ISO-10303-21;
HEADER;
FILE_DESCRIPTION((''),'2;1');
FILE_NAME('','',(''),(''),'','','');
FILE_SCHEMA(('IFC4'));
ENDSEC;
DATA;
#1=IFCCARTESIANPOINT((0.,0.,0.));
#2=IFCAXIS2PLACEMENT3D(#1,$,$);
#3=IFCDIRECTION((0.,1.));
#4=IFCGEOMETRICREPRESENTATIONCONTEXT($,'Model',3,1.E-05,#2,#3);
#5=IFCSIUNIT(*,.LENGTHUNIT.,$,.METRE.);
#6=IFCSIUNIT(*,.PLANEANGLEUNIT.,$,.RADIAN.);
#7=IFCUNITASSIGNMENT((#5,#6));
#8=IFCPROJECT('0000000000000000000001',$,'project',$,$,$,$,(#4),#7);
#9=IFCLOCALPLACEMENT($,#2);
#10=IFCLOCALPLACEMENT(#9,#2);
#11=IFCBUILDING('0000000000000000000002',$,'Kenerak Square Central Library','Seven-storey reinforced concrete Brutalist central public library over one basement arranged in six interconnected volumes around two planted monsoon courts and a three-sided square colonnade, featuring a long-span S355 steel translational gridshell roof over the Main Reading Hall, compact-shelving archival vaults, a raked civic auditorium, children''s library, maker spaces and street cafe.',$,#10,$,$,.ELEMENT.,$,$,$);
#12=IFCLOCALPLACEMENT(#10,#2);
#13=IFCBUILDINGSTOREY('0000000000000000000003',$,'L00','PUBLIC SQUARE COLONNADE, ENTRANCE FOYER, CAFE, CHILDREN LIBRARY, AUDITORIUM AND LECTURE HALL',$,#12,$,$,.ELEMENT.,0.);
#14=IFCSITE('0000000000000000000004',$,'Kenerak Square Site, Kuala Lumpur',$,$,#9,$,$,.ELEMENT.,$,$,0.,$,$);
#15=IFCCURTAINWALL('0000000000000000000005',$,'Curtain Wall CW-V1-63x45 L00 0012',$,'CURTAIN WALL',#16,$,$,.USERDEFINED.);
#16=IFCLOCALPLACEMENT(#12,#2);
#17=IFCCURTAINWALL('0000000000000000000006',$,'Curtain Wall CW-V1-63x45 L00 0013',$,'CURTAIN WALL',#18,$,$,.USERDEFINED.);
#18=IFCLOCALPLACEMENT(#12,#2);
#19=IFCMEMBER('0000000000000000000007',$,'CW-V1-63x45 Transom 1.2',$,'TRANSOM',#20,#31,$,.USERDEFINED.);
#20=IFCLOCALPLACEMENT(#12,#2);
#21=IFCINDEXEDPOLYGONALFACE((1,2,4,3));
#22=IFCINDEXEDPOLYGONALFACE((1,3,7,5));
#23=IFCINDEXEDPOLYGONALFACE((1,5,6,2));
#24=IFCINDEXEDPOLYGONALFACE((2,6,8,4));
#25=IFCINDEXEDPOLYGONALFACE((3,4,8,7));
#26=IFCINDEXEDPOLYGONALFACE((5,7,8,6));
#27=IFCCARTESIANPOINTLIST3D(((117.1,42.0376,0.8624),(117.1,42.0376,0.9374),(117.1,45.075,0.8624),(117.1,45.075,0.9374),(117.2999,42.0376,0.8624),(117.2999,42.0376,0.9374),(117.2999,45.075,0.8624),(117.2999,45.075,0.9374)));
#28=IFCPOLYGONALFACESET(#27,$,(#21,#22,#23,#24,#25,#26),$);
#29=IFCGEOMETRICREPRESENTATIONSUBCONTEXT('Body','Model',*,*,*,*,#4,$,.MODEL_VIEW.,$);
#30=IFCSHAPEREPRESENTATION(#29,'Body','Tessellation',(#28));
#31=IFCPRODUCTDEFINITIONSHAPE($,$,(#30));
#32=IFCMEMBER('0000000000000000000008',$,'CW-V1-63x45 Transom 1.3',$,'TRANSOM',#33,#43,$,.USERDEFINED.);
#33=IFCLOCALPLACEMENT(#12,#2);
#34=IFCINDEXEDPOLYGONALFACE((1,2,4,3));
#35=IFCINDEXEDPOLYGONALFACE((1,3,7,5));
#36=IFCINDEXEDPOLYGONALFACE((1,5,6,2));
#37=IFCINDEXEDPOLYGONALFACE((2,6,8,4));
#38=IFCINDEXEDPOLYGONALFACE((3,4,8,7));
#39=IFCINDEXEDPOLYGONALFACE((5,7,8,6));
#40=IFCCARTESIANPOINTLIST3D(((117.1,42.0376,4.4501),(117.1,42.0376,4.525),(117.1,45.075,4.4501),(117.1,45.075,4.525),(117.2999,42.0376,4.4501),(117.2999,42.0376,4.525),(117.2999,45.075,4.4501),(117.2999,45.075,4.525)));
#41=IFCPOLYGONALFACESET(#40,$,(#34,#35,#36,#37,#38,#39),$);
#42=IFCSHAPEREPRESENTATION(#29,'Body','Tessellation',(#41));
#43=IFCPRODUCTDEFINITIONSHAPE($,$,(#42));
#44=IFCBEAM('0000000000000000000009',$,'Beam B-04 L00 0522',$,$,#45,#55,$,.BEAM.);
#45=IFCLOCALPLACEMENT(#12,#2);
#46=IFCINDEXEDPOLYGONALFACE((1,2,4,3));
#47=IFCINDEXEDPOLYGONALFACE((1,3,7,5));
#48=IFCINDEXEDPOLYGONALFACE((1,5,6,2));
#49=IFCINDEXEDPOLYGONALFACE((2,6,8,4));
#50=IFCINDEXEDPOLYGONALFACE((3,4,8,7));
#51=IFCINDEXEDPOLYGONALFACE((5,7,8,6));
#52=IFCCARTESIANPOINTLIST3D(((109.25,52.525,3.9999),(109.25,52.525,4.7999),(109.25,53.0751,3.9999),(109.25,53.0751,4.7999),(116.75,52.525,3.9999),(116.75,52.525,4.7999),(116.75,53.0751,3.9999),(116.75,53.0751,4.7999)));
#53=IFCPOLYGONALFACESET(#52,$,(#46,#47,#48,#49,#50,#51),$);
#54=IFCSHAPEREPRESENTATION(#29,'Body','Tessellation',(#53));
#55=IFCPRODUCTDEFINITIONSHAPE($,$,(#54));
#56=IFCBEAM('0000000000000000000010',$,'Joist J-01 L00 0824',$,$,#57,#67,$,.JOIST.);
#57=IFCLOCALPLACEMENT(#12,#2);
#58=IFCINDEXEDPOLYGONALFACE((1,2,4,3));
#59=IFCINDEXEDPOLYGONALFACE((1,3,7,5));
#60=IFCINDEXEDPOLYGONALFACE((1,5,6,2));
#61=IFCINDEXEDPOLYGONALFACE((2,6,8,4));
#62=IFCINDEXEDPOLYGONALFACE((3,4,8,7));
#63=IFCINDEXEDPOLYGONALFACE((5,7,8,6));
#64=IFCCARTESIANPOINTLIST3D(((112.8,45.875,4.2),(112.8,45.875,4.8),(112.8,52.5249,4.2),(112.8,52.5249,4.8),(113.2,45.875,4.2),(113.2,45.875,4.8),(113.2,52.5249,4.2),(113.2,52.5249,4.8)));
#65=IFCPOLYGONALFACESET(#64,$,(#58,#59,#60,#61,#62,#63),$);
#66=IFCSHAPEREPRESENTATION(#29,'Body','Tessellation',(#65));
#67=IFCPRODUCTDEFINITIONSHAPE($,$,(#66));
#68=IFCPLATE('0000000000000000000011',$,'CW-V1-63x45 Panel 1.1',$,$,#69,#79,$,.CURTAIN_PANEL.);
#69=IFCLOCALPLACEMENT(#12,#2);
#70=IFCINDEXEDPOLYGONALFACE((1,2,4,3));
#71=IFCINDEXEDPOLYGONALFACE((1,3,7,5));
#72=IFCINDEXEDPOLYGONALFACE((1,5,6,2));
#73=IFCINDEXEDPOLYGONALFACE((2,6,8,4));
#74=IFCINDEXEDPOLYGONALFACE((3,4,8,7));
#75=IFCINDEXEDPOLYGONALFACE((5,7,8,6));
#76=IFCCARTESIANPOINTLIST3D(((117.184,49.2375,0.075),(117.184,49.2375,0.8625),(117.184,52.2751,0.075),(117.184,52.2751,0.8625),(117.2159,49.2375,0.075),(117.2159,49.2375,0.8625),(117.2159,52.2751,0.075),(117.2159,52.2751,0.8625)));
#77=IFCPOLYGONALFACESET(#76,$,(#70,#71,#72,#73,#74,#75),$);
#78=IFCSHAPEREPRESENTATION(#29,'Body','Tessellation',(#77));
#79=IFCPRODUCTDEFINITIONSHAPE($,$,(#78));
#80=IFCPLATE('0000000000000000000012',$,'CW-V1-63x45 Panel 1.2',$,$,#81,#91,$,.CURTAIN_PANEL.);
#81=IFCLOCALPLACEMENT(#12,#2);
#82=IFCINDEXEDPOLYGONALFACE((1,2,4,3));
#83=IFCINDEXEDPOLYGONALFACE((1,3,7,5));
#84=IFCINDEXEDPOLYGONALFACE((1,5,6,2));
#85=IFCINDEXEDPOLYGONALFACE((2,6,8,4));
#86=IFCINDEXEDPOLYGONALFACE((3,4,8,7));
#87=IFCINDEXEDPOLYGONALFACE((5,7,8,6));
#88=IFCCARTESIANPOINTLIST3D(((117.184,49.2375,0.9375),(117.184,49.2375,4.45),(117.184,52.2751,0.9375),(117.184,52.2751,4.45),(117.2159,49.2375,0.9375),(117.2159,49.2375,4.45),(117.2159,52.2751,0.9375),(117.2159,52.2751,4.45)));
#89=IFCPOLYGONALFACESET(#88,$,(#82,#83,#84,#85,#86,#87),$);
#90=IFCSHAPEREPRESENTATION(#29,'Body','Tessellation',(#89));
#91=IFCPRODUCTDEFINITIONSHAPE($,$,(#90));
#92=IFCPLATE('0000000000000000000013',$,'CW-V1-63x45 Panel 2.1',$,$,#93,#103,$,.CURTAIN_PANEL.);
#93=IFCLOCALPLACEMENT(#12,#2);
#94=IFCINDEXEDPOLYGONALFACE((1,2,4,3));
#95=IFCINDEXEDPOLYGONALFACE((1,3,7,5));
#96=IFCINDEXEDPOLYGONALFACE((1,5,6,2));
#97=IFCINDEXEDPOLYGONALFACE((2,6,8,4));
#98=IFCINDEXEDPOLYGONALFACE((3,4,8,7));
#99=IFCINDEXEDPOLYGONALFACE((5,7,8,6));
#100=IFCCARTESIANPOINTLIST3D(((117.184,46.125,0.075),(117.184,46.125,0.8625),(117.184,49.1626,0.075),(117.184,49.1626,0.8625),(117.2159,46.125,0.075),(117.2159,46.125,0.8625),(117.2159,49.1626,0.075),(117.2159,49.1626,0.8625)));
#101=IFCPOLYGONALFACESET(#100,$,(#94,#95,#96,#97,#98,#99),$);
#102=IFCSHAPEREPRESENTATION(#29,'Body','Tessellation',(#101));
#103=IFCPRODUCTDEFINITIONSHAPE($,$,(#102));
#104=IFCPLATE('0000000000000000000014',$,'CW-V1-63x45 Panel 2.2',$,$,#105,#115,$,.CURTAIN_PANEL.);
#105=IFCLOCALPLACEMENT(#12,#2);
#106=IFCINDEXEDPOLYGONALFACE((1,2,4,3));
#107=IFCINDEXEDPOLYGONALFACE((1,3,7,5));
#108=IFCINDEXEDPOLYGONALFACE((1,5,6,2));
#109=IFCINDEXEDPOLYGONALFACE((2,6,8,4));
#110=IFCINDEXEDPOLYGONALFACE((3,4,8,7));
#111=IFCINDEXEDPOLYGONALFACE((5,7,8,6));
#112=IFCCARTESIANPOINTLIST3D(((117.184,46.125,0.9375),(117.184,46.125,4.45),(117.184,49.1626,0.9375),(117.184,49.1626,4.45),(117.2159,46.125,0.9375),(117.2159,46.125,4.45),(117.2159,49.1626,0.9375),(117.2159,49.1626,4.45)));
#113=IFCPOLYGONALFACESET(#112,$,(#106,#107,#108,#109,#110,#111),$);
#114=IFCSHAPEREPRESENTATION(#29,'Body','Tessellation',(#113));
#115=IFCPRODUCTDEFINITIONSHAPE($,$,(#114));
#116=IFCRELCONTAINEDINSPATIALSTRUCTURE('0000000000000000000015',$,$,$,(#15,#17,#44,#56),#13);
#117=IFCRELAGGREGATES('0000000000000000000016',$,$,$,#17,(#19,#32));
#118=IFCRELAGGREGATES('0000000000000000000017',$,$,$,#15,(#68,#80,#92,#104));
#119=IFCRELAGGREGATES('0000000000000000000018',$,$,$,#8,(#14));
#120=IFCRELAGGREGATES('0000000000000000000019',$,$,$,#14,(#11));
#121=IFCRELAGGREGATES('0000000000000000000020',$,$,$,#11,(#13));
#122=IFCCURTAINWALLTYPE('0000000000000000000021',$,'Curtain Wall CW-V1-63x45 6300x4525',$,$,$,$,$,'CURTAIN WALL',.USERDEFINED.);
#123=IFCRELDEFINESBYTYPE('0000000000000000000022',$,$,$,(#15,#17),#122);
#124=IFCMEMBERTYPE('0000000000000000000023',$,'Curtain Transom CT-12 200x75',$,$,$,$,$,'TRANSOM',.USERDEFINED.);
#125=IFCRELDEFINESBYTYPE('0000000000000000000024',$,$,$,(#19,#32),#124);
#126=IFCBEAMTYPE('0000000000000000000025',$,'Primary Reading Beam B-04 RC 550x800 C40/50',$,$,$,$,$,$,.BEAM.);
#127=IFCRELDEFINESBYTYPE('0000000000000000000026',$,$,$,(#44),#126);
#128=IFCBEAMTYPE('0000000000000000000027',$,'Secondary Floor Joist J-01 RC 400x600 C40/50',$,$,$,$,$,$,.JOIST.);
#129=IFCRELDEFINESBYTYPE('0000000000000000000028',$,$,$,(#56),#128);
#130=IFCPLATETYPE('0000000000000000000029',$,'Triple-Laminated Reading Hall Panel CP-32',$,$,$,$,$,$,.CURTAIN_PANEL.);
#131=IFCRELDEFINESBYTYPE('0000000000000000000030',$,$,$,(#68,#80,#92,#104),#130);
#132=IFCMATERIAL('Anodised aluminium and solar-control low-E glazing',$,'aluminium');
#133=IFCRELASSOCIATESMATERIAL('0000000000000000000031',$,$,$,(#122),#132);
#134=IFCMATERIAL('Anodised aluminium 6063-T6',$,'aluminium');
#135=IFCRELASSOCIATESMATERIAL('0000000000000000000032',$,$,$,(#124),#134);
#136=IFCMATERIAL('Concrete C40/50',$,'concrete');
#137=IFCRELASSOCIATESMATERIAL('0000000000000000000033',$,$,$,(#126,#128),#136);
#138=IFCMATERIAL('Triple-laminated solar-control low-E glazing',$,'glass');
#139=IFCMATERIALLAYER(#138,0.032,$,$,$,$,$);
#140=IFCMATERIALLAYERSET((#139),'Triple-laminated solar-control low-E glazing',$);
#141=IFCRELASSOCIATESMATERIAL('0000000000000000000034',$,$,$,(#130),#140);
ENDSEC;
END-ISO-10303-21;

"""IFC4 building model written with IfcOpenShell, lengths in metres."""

from ifc_helpers import new_model, si_unit, direction, frame, origin, origin_2d, place, context, subcontext, project, spatial, rectangle, extrude, material, layer, layer_set, material_profile, profile_set, type_object, element, aggregate, save


model = new_model("IFC4")

# Units and contexts
model_context = context("Model", 3, precision=1e-05, world=origin(), true_north=direction((0.0, 1.0)))
body_context = subcontext(model_context, "Body", "Model", "MODEL_VIEW")
ifc_project = project(units=[si_unit("LENGTHUNIT", "METRE"), si_unit("PLANEANGLEUNIT", "RADIAN")], contexts=[model_context])

# Site, building, storey
site_placement = place(None, origin())
site = spatial("IfcSite", under=ifc_project, at=site_placement, Name="Kenerak Square Site, Kuala Lumpur", CompositionType="ELEMENT", RefElevation=0.0)
building_placement = place(site_placement, origin())
building = spatial("IfcBuilding", under=site, at=building_placement, Name="Kenerak Square Central Library", Description="Seven-storey reinforced concrete Brutalist central public library over one basement arranged in six interconnected volumes around two planted monsoon courts and a three-sided square colonnade, featuring a long-span S355 steel translational gridshell roof over the Main Reading Hall, compact-shelving archival vaults, a raked civic auditorium, children's library, maker spaces and street cafe.", CompositionType="ELEMENT")
storey_placement = place(building_placement, origin())
storey = spatial("IfcBuildingStorey", under=building, at=storey_placement, Name="L00", Description="PUBLIC SQUARE COLONNADE, ENTRANCE FOYER, CAFE, CHILDREN LIBRARY, AUDITORIUM AND LECTURE HALL", CompositionType="ELEMENT", Elevation=0.0)

# Shared definitions
ifc_material_1 = material(Name="Concrete C40/50", Category="concrete")

# Curtain wall
ifc_material_2 = material(Name="Anodised aluminium and solar-control low-E glazing", Category="aluminium")
curtain_wall_type = type_object("IfcCurtainWallType", Name="Curtain Wall CW-V1-63x45 6300x4525", ElementType="CURTAIN WALL", PredefinedType="USERDEFINED", material=ifc_material_2)
curtain_wall_1_placement = place(storey_placement, origin())
curtain_wall_1 = element("IfcCurtainWall", 1, at=curtain_wall_1_placement, inside=storey, type_object=curtain_wall_type, Name="Curtain Wall CW-V1-63x45 L00 0012", ObjectType="CURTAIN WALL", PredefinedType="USERDEFINED")
ifc_material_3 = material(Name="Anodised aluminium 6063-T6", Category="aluminium")

# Curtain wall
curtain_wall_2_placement = place(storey_placement, origin())
curtain_wall_2 = element("IfcCurtainWall", 2, at=curtain_wall_2_placement, inside=storey, type_object=curtain_wall_type, Name="Curtain Wall CW-V1-63x45 L00 0013", ObjectType="CURTAIN WALL", PredefinedType="USERDEFINED")

# Members
ifc_material_profile_1 = material_profile(ifc_material_3, rectangle(XDim=0.2, YDim=0.075, at=origin_2d()), Name="AL TRANSOM 200x75")
ifc_profile_set_1 = profile_set([ifc_material_profile_1], Name="Anodised aluminium 6063-T6")
member_type_1 = type_object("IfcMemberType", Name="Curtain Transom CT-12 200x75", ElementType="TRANSOM", PredefinedType="USERDEFINED", material=ifc_profile_set_1)
member_1_placement = place(storey_placement, frame((117.2, 45.075, 0.8999), z_axis=(0.0, -1.0, 0.0), x_axis=(1.0, 0.0, 0.0)))
member_1 = element("IfcMember", 3, at=member_1_placement, type_object=member_type_1, Name="CW-V1-63x45 Transom 1.2", ObjectType="TRANSOM", PredefinedType="USERDEFINED", context=body_context, shape_type="SweptSolid", body=[
    extrude(rectangle(XDim=0.2, YDim=0.075, at=origin_2d()), origin(), (0.0, 0.0, 1.0), 3.0374),
])
member_2_placement = place(storey_placement, frame((117.2, 45.075, 4.4875), z_axis=(0.0, -1.0, 0.0), x_axis=(1.0, 0.0, 0.0)))
member_2 = element("IfcMember", 4, at=member_2_placement, type_object=member_type_1, Name="CW-V1-63x45 Transom 1.3", ObjectType="TRANSOM", PredefinedType="USERDEFINED", context=body_context, shape_type="SweptSolid", body=[
    extrude(rectangle(XDim=0.2, YDim=0.075, at=origin_2d()), origin(), (0.0, 0.0, 1.0), 3.0374),
])
aggregate(curtain_wall_2, [member_1, member_2])

# Beams
ifc_material_profile_2 = material_profile(ifc_material_1, rectangle(XDim=0.55, YDim=0.8, at=origin_2d()), Name="RC 550x800")
ifc_profile_set_2 = profile_set([ifc_material_profile_2], Name="Concrete C40/50")
beam_type_1 = type_object("IfcBeamType", Name="Primary Reading Beam B-04 RC 550x800 C40/50", PredefinedType="BEAM", material=ifc_profile_set_2)
beam_1_placement = place(storey_placement, frame((109.25, 52.8, 4.3999), z_axis=(1.0, 0.0, 0.0), x_axis=(0.0, 1.0, 0.0)))
element("IfcBeam", 5, at=beam_1_placement, inside=storey, type_object=beam_type_1, Name="Beam B-04 L00 0522", PredefinedType="BEAM", context=body_context, shape_type="SweptSolid", body=[
    extrude(rectangle(XDim=0.55, YDim=0.8, at=origin_2d()), origin(), (0.0, 0.0, 1.0), 7.5),
])
ifc_material_profile_3 = material_profile(ifc_material_1, rectangle(XDim=0.3999, YDim=0.6001, at=origin_2d()), Name="RC 400x600")
ifc_profile_set_3 = profile_set([ifc_material_profile_3], Name="Concrete C40/50")
beam_type_2 = type_object("IfcBeamType", Name="Secondary Floor Joist J-01 RC 400x600 C40/50", PredefinedType="JOIST", material=ifc_profile_set_3)
beam_2_placement = place(storey_placement, frame((113.0, 45.875, 4.5), z_axis=(0.0, 1.0, 0.0), x_axis=(-1.0, 0.0, 0.0)))
element("IfcBeam", 6, at=beam_2_placement, inside=storey, type_object=beam_type_2, Name="Joist J-01 L00 0824", PredefinedType="JOIST", context=body_context, shape_type="SweptSolid", body=[
    extrude(rectangle(XDim=0.3999, YDim=0.6001, at=origin_2d()), origin(), (0.0, 0.0, 1.0), 6.6499),
])

# Plates
ifc_material_4 = material(Name="Triple-laminated solar-control low-E glazing", Category="glass")
ifc_layer = layer(ifc_material_4, 0.032)
ifc_layer_set = layer_set([ifc_layer], Name="Triple-laminated solar-control low-E glazing")
plate_type = type_object("IfcPlateType", Name="Triple-Laminated Reading Hall Panel CP-32", PredefinedType="CURTAIN_PANEL", material=ifc_layer_set)
plate_1_placement = place(storey_placement, frame((117.2, 50.7563, 0.075), z_axis=(0.0, 0.0, 1.0), x_axis=(0.0, -1.0, 0.0)))
plate_1 = element("IfcPlate", 7, at=plate_1_placement, type_object=plate_type, Name="CW-V1-63x45 Panel 1.1", PredefinedType="CURTAIN_PANEL", context=body_context, shape_type="SweptSolid", body=[
    extrude(rectangle(XDim=3.0376, YDim=0.032, at=origin_2d()), origin(), (0.0, 0.0, 1.0), 0.7876),
])
plate_2_placement = place(storey_placement, frame((117.2, 50.7563, 0.9375), z_axis=(0.0, 0.0, 1.0), x_axis=(0.0, -1.0, 0.0)))
plate_2 = element("IfcPlate", 8, at=plate_2_placement, type_object=plate_type, Name="CW-V1-63x45 Panel 1.2", PredefinedType="CURTAIN_PANEL", context=body_context, shape_type="SweptSolid", body=[
    extrude(rectangle(XDim=3.0376, YDim=0.032, at=origin_2d()), origin(), (0.0, 0.0, 1.0), 3.5125),
])
plate_3_placement = place(storey_placement, frame((117.2, 47.6438, 0.075), z_axis=(0.0, 0.0, 1.0), x_axis=(0.0, -1.0, 0.0)))
plate_3 = element("IfcPlate", 9, at=plate_3_placement, type_object=plate_type, Name="CW-V1-63x45 Panel 2.1", PredefinedType="CURTAIN_PANEL", context=body_context, shape_type="SweptSolid", body=[
    extrude(rectangle(XDim=3.0376, YDim=0.032, at=origin_2d()), origin(), (0.0, 0.0, 1.0), 0.7876),
])
plate_4_placement = place(storey_placement, frame((117.2, 47.6438, 0.9375), z_axis=(0.0, 0.0, 1.0), x_axis=(0.0, -1.0, 0.0)))
plate_4 = element("IfcPlate", 10, at=plate_4_placement, type_object=plate_type, Name="CW-V1-63x45 Panel 2.2", PredefinedType="CURTAIN_PANEL", context=body_context, shape_type="SweptSolid", body=[
    extrude(rectangle(XDim=3.0376, YDim=0.032, at=origin_2d()), origin(), (0.0, 0.0, 1.0), 3.5125),
])
aggregate(curtain_wall_1, [plate_1, plate_2, plate_3, plate_4])

save(model, "model.ifc")
